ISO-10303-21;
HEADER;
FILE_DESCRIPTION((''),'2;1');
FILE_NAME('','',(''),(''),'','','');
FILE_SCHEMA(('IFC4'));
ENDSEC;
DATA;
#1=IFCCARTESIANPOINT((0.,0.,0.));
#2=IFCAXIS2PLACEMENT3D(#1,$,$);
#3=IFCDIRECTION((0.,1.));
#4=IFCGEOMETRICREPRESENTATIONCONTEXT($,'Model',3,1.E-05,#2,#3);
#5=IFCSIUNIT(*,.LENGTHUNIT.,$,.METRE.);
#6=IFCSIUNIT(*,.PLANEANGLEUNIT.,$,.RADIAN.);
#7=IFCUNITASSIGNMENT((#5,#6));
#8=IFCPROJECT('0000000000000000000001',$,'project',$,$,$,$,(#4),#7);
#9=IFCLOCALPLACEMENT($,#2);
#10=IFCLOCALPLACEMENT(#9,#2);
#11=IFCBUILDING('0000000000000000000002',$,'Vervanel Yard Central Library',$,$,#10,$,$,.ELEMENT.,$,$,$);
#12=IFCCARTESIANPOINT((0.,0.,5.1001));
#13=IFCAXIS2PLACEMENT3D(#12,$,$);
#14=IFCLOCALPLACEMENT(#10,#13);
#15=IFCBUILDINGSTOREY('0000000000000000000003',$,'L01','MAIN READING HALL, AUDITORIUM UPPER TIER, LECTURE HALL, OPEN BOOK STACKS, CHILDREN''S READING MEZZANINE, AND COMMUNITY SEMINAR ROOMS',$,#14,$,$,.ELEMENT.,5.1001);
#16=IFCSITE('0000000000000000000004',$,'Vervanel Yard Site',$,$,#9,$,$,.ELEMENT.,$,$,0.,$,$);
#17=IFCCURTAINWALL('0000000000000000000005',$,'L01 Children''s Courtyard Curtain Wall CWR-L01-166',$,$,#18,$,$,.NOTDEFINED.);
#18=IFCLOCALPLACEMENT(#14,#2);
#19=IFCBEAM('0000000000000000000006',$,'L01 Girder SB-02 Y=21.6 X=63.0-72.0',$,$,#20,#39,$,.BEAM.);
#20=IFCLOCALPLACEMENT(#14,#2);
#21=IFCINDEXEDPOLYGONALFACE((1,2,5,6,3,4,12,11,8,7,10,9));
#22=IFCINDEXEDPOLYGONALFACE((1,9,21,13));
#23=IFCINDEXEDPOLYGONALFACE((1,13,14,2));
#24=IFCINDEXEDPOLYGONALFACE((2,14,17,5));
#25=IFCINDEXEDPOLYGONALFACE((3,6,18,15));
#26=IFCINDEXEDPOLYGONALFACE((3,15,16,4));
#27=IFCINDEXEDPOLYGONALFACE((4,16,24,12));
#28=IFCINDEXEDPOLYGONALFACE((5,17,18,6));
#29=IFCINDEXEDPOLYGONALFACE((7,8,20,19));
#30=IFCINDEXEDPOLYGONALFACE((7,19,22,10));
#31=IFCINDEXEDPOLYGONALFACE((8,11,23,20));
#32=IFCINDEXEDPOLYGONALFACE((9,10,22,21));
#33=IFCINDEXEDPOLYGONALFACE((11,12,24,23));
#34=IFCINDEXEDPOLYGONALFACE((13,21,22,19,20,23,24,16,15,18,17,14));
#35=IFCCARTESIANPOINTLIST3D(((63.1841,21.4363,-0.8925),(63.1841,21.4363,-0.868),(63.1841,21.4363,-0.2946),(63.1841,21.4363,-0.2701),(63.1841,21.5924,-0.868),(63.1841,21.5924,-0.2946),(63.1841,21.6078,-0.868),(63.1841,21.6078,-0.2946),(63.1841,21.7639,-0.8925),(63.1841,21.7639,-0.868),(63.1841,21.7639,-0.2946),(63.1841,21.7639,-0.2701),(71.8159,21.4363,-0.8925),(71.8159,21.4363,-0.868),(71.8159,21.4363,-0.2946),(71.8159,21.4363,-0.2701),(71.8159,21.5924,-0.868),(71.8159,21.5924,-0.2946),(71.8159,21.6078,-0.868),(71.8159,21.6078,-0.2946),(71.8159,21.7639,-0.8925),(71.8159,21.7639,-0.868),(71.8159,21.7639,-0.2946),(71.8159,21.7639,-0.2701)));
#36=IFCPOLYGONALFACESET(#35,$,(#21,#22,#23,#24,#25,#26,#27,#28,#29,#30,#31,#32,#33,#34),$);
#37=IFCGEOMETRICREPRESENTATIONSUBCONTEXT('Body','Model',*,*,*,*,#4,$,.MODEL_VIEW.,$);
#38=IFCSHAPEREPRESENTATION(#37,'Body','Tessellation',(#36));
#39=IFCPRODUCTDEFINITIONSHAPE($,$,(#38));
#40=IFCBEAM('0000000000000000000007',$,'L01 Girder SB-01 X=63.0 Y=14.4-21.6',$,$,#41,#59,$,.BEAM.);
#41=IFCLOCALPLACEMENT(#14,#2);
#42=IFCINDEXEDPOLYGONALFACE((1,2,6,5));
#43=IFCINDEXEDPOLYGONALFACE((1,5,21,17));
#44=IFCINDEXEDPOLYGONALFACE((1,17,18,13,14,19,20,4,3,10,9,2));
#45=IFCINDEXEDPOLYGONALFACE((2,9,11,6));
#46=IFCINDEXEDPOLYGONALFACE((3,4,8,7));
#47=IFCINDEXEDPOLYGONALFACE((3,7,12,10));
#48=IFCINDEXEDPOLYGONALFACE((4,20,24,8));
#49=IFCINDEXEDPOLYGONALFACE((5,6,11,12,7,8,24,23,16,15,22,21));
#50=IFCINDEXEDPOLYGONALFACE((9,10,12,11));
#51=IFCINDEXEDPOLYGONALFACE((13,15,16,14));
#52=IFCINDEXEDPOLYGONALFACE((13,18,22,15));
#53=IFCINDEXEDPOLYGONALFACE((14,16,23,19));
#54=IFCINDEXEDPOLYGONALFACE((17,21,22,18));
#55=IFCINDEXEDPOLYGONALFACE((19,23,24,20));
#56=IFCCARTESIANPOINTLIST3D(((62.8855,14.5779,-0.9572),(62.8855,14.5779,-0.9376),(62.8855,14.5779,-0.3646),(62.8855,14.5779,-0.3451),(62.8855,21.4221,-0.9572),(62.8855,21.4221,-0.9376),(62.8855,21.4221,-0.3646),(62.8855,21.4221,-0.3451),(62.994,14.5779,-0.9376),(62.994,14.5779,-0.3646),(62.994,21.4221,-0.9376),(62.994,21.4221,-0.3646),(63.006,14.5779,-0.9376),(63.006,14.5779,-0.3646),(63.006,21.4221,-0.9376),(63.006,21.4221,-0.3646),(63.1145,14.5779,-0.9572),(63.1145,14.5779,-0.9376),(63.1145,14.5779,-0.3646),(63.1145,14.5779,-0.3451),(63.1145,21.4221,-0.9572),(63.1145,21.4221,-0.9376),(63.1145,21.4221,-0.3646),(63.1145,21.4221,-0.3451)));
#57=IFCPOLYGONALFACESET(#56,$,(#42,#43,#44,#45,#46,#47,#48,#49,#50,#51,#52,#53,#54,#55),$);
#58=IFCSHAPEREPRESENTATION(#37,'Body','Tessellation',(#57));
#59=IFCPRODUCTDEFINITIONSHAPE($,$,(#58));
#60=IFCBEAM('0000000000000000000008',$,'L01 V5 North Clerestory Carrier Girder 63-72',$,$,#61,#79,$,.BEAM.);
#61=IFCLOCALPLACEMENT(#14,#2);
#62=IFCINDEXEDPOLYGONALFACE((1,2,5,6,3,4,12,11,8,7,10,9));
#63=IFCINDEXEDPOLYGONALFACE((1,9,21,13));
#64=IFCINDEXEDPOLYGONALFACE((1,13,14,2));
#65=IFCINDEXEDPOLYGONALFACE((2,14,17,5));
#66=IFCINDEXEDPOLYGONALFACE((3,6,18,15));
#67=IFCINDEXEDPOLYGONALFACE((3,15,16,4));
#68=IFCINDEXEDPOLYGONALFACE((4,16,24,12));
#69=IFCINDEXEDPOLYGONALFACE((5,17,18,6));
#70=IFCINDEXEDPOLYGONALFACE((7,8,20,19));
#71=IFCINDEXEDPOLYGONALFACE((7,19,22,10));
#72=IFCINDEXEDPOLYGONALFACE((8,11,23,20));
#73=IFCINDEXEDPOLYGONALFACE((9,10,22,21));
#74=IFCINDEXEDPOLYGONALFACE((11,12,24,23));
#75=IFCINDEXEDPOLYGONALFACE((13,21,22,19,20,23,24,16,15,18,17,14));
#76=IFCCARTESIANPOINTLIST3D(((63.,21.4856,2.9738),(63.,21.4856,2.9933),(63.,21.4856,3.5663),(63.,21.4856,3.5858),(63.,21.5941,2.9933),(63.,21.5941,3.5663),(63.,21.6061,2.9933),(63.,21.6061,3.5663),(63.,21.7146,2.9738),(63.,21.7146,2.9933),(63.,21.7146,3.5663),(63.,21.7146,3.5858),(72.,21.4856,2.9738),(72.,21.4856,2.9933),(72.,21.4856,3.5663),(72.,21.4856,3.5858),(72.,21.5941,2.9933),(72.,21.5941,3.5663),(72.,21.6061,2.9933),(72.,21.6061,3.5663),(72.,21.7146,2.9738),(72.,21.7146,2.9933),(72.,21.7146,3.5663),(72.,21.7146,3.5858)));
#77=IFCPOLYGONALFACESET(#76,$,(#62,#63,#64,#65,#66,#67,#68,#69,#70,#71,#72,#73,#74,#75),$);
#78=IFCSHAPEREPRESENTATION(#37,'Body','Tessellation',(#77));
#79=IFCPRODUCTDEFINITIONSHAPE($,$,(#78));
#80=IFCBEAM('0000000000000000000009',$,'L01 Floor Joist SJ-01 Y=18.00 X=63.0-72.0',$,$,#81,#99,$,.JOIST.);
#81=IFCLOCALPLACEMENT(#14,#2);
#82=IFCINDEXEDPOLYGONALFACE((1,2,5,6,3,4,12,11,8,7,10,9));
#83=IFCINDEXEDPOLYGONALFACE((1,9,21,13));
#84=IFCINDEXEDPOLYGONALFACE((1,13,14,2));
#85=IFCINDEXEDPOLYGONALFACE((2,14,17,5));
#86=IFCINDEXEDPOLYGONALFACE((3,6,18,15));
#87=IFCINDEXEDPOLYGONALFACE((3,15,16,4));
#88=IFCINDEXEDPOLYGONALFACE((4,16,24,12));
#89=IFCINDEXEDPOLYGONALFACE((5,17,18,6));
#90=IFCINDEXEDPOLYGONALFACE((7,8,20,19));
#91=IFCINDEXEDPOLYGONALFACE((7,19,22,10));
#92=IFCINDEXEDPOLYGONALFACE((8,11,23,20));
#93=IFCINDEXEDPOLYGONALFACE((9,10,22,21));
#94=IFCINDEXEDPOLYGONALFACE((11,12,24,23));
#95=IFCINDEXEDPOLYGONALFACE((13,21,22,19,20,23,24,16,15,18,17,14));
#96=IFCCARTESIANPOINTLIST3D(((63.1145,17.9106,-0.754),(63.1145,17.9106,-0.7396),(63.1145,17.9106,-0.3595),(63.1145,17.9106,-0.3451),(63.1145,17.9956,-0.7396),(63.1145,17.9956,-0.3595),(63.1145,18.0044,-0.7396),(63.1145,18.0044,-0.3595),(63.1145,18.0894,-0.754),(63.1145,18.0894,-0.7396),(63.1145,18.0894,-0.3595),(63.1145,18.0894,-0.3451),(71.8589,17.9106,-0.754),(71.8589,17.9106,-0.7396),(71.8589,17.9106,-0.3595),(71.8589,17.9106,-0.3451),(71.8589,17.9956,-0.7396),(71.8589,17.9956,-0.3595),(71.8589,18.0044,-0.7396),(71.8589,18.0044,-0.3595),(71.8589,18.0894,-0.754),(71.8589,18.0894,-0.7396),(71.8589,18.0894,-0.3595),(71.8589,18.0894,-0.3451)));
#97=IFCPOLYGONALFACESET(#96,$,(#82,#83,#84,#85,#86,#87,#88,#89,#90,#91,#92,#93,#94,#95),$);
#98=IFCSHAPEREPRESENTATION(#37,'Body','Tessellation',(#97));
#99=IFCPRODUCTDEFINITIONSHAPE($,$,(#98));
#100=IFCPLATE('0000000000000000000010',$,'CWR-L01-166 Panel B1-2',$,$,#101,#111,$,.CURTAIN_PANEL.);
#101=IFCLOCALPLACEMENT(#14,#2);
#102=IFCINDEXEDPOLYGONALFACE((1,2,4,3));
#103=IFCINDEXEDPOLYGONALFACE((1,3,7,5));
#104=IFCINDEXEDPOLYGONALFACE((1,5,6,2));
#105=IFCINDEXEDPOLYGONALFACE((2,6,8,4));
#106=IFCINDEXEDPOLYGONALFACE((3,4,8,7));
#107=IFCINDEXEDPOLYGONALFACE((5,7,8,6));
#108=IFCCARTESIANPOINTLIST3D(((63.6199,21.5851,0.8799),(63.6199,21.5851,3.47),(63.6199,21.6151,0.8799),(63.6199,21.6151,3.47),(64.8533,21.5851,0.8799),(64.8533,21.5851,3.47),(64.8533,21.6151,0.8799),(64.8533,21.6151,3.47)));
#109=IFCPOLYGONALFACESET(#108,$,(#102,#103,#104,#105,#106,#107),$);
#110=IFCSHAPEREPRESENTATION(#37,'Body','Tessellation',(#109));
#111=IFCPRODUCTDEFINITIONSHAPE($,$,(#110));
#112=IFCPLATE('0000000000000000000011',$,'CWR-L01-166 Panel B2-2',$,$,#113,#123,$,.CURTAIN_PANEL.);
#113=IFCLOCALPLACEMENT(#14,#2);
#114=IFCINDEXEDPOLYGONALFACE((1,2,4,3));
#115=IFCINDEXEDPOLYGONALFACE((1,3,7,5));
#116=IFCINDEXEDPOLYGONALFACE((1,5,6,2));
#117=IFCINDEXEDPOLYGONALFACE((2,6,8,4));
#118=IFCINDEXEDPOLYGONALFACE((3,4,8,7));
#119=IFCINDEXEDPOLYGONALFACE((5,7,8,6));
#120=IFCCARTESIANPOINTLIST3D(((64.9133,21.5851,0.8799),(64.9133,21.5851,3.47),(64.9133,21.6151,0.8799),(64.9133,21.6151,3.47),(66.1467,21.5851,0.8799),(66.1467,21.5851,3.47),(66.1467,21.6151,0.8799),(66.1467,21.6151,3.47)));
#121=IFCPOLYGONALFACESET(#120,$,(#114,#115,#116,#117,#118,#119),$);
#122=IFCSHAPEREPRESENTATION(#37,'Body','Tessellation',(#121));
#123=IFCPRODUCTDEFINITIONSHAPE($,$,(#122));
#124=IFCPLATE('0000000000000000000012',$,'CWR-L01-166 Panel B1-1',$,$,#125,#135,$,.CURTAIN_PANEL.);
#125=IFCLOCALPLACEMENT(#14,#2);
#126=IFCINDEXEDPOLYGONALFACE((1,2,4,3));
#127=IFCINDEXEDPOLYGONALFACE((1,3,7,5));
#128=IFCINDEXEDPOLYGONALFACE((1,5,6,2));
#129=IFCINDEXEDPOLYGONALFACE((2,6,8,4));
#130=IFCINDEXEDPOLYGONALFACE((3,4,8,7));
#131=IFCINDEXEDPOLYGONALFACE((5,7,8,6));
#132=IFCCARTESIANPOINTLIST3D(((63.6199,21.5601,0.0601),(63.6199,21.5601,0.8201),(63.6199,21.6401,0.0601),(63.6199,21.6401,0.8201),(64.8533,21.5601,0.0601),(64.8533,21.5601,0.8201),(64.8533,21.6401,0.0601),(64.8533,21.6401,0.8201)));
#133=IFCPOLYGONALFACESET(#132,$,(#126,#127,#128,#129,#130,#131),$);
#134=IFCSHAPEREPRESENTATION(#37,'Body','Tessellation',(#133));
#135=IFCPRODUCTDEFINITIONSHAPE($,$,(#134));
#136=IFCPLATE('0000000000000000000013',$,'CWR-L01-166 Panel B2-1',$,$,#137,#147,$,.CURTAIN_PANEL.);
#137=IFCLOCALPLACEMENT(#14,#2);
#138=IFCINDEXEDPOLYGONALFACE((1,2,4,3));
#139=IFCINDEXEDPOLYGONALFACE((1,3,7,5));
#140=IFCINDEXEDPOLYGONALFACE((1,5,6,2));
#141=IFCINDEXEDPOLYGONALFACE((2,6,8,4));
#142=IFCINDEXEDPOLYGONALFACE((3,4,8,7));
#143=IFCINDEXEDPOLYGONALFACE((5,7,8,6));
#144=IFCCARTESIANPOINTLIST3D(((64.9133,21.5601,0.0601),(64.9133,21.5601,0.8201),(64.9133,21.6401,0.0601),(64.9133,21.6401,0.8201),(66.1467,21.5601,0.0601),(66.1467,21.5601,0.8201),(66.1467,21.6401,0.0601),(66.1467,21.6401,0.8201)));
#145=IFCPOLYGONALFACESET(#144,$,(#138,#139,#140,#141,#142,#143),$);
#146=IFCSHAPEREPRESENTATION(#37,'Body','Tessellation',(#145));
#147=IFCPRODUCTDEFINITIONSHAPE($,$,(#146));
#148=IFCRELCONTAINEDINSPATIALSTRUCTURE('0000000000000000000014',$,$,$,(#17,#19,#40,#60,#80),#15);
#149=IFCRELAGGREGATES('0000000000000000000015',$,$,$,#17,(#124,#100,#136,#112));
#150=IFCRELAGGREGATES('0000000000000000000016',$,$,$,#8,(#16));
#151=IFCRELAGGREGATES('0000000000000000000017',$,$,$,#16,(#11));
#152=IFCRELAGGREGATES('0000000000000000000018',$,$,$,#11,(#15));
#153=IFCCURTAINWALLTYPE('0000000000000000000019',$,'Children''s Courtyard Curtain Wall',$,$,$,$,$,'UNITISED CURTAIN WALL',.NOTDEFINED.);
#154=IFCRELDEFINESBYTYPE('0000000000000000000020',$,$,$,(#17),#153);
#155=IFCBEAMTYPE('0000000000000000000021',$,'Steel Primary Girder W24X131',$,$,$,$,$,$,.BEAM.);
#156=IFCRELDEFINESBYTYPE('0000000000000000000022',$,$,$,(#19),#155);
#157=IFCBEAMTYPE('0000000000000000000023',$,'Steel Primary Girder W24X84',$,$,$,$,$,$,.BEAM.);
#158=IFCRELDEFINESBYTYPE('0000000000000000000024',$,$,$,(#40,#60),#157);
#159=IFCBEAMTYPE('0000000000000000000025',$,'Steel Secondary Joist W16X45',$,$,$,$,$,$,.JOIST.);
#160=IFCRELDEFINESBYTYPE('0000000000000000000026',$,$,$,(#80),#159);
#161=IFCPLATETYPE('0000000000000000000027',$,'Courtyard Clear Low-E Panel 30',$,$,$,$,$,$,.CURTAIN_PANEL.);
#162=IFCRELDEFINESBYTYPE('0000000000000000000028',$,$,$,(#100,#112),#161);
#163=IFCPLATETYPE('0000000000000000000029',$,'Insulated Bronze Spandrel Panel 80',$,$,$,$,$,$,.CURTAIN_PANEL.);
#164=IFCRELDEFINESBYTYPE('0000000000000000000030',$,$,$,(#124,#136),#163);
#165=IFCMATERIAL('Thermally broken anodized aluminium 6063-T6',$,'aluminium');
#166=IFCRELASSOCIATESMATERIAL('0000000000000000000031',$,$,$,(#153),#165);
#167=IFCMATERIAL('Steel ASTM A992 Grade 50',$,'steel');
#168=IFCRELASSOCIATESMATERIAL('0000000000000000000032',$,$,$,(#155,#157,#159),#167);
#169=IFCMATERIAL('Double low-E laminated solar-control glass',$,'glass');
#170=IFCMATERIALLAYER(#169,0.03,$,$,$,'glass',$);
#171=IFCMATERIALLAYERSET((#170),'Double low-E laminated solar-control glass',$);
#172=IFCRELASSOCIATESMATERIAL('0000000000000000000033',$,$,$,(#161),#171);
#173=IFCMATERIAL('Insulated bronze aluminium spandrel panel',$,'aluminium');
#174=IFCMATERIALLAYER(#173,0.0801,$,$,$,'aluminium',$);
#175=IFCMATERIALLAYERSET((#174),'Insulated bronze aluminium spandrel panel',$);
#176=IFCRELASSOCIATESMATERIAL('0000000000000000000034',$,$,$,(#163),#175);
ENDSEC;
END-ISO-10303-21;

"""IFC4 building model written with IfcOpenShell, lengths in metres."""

from ifc_helpers import new_model, si_unit, direction, frame, origin, origin_2d, place, context, subcontext, project, spatial, rectangle, i_section, extrude, material, layer, layer_set, material_profile, profile_set, type_object, element, aggregate, save


model = new_model("IFC4")

# Units and contexts
model_context = context("Model", 3, precision=1e-05, world=origin(), true_north=direction((0.0, 1.0)))
body_context = subcontext(model_context, "Body", "Model", "MODEL_VIEW")
ifc_project = project(units=[si_unit("LENGTHUNIT", "METRE"), si_unit("PLANEANGLEUNIT", "RADIAN")], contexts=[model_context])

# Site, building, storey
site_placement = place(None, origin())
site = spatial("IfcSite", under=ifc_project, at=site_placement, Name="Vervanel Yard Site", CompositionType="ELEMENT", RefElevation=0.0)
building_placement = place(site_placement, origin())
building = spatial("IfcBuilding", under=site, at=building_placement, Name="Vervanel Yard Central Library", CompositionType="ELEMENT")
storey_placement = place(building_placement, frame((0.0, 0.0, 5.1001)))
storey = spatial("IfcBuildingStorey", under=building, at=storey_placement, Name="L01", Description="MAIN READING HALL, AUDITORIUM UPPER TIER, LECTURE HALL, OPEN BOOK STACKS, CHILDREN'S READING MEZZANINE, AND COMMUNITY SEMINAR ROOMS", CompositionType="ELEMENT", Elevation=5.1001)

# Shared definitions
ifc_material_1 = material(Name="Steel ASTM A992 Grade 50", Category="steel")

# Curtain wall
ifc_material_2 = material(Name="Thermally broken anodized aluminium 6063-T6", Category="aluminium")
curtain_wall_type = type_object("IfcCurtainWallType", Name="Children's Courtyard Curtain Wall", ElementType="UNITISED CURTAIN WALL", PredefinedType="NOTDEFINED", material=ifc_material_2)
curtain_wall_placement = place(storey_placement, origin())
curtain_wall = element("IfcCurtainWall", 1, at=curtain_wall_placement, inside=storey, type_object=curtain_wall_type, Name="L01 Children's Courtyard Curtain Wall CWR-L01-166", PredefinedType="NOTDEFINED")

# Beams
ifc_material_profile_1 = material_profile(ifc_material_1, i_section(OverallWidth=0.3276, OverallDepth=0.6223, WebThickness=0.0154, FlangeThickness=0.0244, at=origin_2d()), Name="W24X131", Category="steel")
ifc_profile_set_1 = profile_set([ifc_material_profile_1], Name="Steel ASTM A992 Grade 50")
beam_type_1 = type_object("IfcBeamType", Name="Steel Primary Girder W24X131", PredefinedType="BEAM", material=ifc_profile_set_1)
for number, where, z_axis, x_axis, name in (
    (2, (63.1841, 21.6001, -0.5813), (1.0, 0.0, 0.0), (0.0, 1.0, 0.0), "L01 Girder SB-02 Y=21.6 X=63.0-72.0"),
):
    element("IfcBeam", number, at=place(storey_placement, frame(where, z_axis=z_axis, x_axis=x_axis)), inside=storey, type_object=beam_type_1, Name=name, PredefinedType="BEAM", context=body_context, shape_type="SweptSolid", body=[
        extrude(i_section(OverallWidth=0.3276, OverallDepth=0.6223, WebThickness=0.0154, FlangeThickness=0.0244, at=origin_2d()), origin(), (0.0, 0.0, 1.0), 8.6318),
    ])
ifc_material_profile_2 = material_profile(ifc_material_1, i_section(OverallWidth=0.229, OverallDepth=0.6121, WebThickness=0.012, FlangeThickness=0.0195, at=origin_2d()), Name="W24X84", Category="steel")
ifc_profile_set_2 = profile_set([ifc_material_profile_2], Name="Steel ASTM A992 Grade 50")
beam_type_2 = type_object("IfcBeamType", Name="Steel Primary Girder W24X84", PredefinedType="BEAM", material=ifc_profile_set_2)
beam_1_placement = place(storey_placement, frame((63.0, 14.5779, -0.6511), z_axis=(0.0, 1.0, 0.0), x_axis=(-1.0, 0.0, 0.0)))
element("IfcBeam", 3, at=beam_1_placement, inside=storey, type_object=beam_type_2, Name="L01 Girder SB-01 X=63.0 Y=14.4-21.6", PredefinedType="BEAM", context=body_context, shape_type="SweptSolid", body=[
    extrude(i_section(OverallWidth=0.229, OverallDepth=0.6121, WebThickness=0.012, FlangeThickness=0.0195, at=origin_2d()), origin(), (0.0, 0.0, 1.0), 6.8442),
])
beam_2_placement = place(storey_placement, frame((63.0, 21.6001, 3.2798), z_axis=(1.0, 0.0, 0.0), x_axis=(0.0, 1.0, 0.0)))
element("IfcBeam", 4, at=beam_2_placement, inside=storey, type_object=beam_type_2, Name="L01 V5 North Clerestory Carrier Girder 63-72", PredefinedType="BEAM", context=body_context, shape_type="SweptSolid", body=[
    extrude(i_section(OverallWidth=0.229, OverallDepth=0.6121, WebThickness=0.012, FlangeThickness=0.0195, at=origin_2d()), origin(), (0.0, 0.0, 1.0), 9.0),
])
ifc_material_profile_3 = material_profile(ifc_material_1, i_section(OverallWidth=0.1787, OverallDepth=0.4089, WebThickness=0.0088, FlangeThickness=0.0144, at=origin_2d()), Name="W16X45", Category="steel")
ifc_profile_set_3 = profile_set([ifc_material_profile_3], Name="Steel ASTM A992 Grade 50")
beam_type_3 = type_object("IfcBeamType", Name="Steel Secondary Joist W16X45", PredefinedType="JOIST", material=ifc_profile_set_3)
beam_3_placement = place(storey_placement, frame((63.1145, 18.0, -0.5496), z_axis=(1.0, 0.0, 0.0), x_axis=(0.0, 1.0, 0.0)))
element("IfcBeam", 5, at=beam_3_placement, inside=storey, type_object=beam_type_3, Name="L01 Floor Joist SJ-01 Y=18.00 X=63.0-72.0", PredefinedType="JOIST", context=body_context, shape_type="SweptSolid", body=[
    extrude(i_section(OverallWidth=0.1787, OverallDepth=0.4089, WebThickness=0.0088, FlangeThickness=0.0144, at=origin_2d()), origin(), (0.0, 0.0, 1.0), 8.7444),
])

# Plates
ifc_material_3 = material(Name="Double low-E laminated solar-control glass", Category="glass")
ifc_layer_1 = layer(ifc_material_3, 0.03, Category="glass")
ifc_layer_set_1 = layer_set([ifc_layer_1], Name="Double low-E laminated solar-control glass")
plate_type_1 = type_object("IfcPlateType", Name="Courtyard Clear Low-E Panel 30", PredefinedType="CURTAIN_PANEL", material=ifc_layer_set_1)
plate_1_placement = place(storey_placement, frame((64.2366, 21.6001, 0.8799), z_axis=(0.0, 0.0, 1.0), x_axis=(1.0, 0.0, 0.0)))
plate_1 = element("IfcPlate", 6, at=plate_1_placement, type_object=plate_type_1, Name="CWR-L01-166 Panel B1-2", PredefinedType="CURTAIN_PANEL", context=body_context, shape_type="SweptSolid", body=[
    extrude(rectangle(XDim=1.2334, YDim=0.03, at=origin_2d()), origin(), (0.0, 0.0, 1.0), 2.5901),
])
plate_2_placement = place(storey_placement, frame((65.53, 21.6001, 0.8799), z_axis=(0.0, 0.0, 1.0), x_axis=(1.0, 0.0, 0.0)))
plate_2 = element("IfcPlate", 7, at=plate_2_placement, type_object=plate_type_1, Name="CWR-L01-166 Panel B2-2", PredefinedType="CURTAIN_PANEL", context=body_context, shape_type="SweptSolid", body=[
    extrude(rectangle(XDim=1.2334, YDim=0.03, at=origin_2d()), origin(), (0.0, 0.0, 1.0), 2.5901),
])
ifc_material_4 = material(Name="Insulated bronze aluminium spandrel panel", Category="aluminium")
ifc_layer_2 = layer(ifc_material_4, 0.0801, Category="aluminium")
ifc_layer_set_2 = layer_set([ifc_layer_2], Name="Insulated bronze aluminium spandrel panel")
plate_type_2 = type_object("IfcPlateType", Name="Insulated Bronze Spandrel Panel 80", PredefinedType="CURTAIN_PANEL", material=ifc_layer_set_2)
plate_3_placement = place(storey_placement, frame((64.2366, 21.6001, 0.0601), z_axis=(0.0, 0.0, 1.0), x_axis=(1.0, 0.0, 0.0)))
plate_3 = element("IfcPlate", 8, at=plate_3_placement, type_object=plate_type_2, Name="CWR-L01-166 Panel B1-1", PredefinedType="CURTAIN_PANEL", context=body_context, shape_type="SweptSolid", body=[
    extrude(rectangle(XDim=1.2334, YDim=0.0801, at=origin_2d()), origin(), (0.0, 0.0, 1.0), 0.76),
])
plate_4_placement = place(storey_placement, frame((65.53, 21.6001, 0.0601), z_axis=(0.0, 0.0, 1.0), x_axis=(1.0, 0.0, 0.0)))
plate_4 = element("IfcPlate", 9, at=plate_4_placement, type_object=plate_type_2, Name="CWR-L01-166 Panel B2-1", PredefinedType="CURTAIN_PANEL", context=body_context, shape_type="SweptSolid", body=[
    extrude(rectangle(XDim=1.2334, YDim=0.0801, at=origin_2d()), origin(), (0.0, 0.0, 1.0), 0.76),
])
aggregate(curtain_wall, [plate_3, plate_1, plate_4, plate_2])

save(model, "model.ifc")
